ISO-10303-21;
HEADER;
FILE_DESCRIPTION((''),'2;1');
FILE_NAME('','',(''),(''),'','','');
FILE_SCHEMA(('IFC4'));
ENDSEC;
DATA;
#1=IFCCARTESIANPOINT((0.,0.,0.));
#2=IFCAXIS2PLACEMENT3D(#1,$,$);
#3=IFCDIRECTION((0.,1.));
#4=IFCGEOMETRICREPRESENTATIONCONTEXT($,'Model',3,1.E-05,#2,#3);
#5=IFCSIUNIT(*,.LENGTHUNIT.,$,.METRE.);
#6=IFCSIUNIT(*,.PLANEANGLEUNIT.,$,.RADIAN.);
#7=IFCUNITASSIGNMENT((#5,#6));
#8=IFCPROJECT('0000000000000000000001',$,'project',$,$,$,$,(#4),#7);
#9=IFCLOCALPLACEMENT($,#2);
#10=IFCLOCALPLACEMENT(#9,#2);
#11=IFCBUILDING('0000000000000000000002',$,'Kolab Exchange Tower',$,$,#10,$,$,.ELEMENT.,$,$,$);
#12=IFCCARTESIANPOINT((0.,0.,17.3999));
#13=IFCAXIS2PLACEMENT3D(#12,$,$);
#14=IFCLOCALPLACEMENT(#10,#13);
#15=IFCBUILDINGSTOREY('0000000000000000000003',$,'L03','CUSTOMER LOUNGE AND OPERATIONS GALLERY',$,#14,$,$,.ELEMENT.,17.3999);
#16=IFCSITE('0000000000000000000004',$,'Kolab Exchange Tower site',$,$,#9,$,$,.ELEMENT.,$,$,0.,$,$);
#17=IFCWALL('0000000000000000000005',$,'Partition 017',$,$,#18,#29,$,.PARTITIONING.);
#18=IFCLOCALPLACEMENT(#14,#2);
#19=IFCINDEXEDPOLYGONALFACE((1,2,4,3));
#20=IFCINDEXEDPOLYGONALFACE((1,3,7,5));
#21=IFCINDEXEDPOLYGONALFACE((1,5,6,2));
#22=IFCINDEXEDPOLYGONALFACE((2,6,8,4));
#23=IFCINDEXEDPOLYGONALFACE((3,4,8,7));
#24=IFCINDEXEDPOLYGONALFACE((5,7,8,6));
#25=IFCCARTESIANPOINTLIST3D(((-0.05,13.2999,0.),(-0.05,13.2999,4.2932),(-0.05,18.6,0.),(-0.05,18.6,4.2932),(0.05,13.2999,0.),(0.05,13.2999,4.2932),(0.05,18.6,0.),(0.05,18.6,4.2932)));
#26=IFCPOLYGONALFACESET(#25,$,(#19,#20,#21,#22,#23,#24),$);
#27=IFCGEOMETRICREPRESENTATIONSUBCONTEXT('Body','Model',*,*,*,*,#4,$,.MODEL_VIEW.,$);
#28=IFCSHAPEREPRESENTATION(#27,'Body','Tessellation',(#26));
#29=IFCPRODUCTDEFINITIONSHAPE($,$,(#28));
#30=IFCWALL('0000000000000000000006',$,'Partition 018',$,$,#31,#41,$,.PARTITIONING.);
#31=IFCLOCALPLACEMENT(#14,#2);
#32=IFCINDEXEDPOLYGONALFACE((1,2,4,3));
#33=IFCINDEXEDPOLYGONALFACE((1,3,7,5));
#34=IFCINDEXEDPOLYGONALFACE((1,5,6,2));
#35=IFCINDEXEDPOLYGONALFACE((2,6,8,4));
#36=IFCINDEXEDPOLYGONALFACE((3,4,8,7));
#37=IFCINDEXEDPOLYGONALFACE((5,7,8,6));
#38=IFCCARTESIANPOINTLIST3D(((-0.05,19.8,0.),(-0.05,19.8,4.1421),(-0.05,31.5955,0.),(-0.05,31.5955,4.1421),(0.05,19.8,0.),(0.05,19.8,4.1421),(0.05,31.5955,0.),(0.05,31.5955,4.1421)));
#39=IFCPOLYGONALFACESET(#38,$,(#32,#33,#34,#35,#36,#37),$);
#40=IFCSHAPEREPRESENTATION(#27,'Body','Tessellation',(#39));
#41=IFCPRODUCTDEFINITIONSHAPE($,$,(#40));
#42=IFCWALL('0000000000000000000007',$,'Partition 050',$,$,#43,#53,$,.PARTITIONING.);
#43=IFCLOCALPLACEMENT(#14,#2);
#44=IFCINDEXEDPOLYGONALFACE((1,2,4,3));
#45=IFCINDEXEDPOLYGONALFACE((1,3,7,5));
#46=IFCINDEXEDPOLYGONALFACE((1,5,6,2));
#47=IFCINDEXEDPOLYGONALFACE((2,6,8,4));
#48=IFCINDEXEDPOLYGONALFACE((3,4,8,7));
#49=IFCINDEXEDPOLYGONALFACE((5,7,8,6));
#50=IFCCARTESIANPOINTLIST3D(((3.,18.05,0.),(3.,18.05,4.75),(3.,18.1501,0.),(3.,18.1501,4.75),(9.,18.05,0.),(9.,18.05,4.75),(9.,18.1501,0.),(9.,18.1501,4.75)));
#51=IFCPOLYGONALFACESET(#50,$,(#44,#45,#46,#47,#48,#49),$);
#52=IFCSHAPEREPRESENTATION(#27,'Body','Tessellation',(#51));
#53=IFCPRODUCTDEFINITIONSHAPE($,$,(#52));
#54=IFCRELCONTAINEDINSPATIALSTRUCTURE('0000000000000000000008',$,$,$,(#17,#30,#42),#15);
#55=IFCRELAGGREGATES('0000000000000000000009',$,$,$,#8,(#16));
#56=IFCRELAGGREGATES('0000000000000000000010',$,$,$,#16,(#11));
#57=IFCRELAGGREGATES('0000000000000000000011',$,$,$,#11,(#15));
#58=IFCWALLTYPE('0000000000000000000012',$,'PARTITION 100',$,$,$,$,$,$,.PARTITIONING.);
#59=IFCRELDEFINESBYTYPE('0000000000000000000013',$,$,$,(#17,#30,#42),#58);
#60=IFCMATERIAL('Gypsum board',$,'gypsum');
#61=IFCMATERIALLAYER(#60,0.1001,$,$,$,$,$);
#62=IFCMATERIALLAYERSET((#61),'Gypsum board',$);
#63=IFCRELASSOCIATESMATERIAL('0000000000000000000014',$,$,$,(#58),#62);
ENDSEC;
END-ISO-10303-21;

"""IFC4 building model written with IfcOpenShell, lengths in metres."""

from ifc_helpers import new_model, si_unit, direction, frame, frame_2d, origin, place, context, subcontext, project, spatial, rectangle, extrude, material, layer, layer_set, type_object, element, save


model = new_model("IFC4")

# Units and contexts
model_context = context("Model", 3, precision=1e-05, world=origin(), true_north=direction((0.0, 1.0)))
body_context = subcontext(model_context, "Body", "Model", "MODEL_VIEW")
ifc_project = project(units=[si_unit("LENGTHUNIT", "METRE"), si_unit("PLANEANGLEUNIT", "RADIAN")], contexts=[model_context])

# Site, building, storey
site_placement = place(None, origin())
site = spatial("IfcSite", under=ifc_project, at=site_placement, Name="Kolab Exchange Tower site", CompositionType="ELEMENT", RefElevation=0.0)
building_placement = place(site_placement, origin())
building = spatial("IfcBuilding", under=site, at=building_placement, Name="Kolab Exchange Tower", CompositionType="ELEMENT")
storey_placement = place(building_placement, frame((0.0, 0.0, 17.3999)))
storey = spatial("IfcBuildingStorey", under=building, at=storey_placement, Name="L03", Description="CUSTOMER LOUNGE AND OPERATIONS GALLERY", CompositionType="ELEMENT", Elevation=17.3999)

# Walls
ifc_material_1 = material(Name="Gypsum board", Category="gypsum")
ifc_layer_1 = layer(ifc_material_1, 0.1001)
ifc_layer_set_1 = layer_set([ifc_layer_1], Name="Gypsum board")
wall_type = type_object("IfcWallType", Name="PARTITION 100", PredefinedType="PARTITIONING", material=ifc_layer_set_1)
wall_1_placement = place(storey_placement, frame((0.0, 13.3, 0.0), z_axis=(0.0, 0.0, 1.0), x_axis=(0.0, 1.0, 0.0)))
element("IfcWall", 1, at=wall_1_placement, inside=storey, type_object=wall_type, Name="Partition 017", PredefinedType="PARTITIONING", context=body_context, shape_type="SweptSolid", body=[
    extrude(rectangle(XDim=5.3, YDim=0.1001, at=frame_2d((2.6499, 0.0))), origin(), (0.0, 0.0, 1.0), 4.2932),
])
wall_2_placement = place(storey_placement, frame((0.0, 19.8, 0.0), z_axis=(0.0, 0.0, 1.0), x_axis=(0.0, 1.0, 0.0)))
element("IfcWall", 2, at=wall_2_placement, inside=storey, type_object=wall_type, Name="Partition 018", PredefinedType="PARTITIONING", context=body_context, shape_type="SweptSolid", body=[
    extrude(rectangle(XDim=11.7954, YDim=0.1001, at=frame_2d((5.8977, 0.0))), origin(), (0.0, 0.0, 1.0), 4.1421),
])
wall_3_placement = place(storey_placement, frame((3.0, 18.1001, 0.0), z_axis=(0.0, 0.0, 1.0), x_axis=(1.0, 0.0, 0.0)))
element("IfcWall", 3, at=wall_3_placement, inside=storey, type_object=wall_type, Name="Partition 050", PredefinedType="PARTITIONING", context=body_context, shape_type="SweptSolid", body=[
    extrude(rectangle(XDim=6.0, YDim=0.1001, at=frame_2d((3.0, 0.0))), origin(), (0.0, 0.0, 1.0), 4.75),
])

save(model, "model.ifc")
